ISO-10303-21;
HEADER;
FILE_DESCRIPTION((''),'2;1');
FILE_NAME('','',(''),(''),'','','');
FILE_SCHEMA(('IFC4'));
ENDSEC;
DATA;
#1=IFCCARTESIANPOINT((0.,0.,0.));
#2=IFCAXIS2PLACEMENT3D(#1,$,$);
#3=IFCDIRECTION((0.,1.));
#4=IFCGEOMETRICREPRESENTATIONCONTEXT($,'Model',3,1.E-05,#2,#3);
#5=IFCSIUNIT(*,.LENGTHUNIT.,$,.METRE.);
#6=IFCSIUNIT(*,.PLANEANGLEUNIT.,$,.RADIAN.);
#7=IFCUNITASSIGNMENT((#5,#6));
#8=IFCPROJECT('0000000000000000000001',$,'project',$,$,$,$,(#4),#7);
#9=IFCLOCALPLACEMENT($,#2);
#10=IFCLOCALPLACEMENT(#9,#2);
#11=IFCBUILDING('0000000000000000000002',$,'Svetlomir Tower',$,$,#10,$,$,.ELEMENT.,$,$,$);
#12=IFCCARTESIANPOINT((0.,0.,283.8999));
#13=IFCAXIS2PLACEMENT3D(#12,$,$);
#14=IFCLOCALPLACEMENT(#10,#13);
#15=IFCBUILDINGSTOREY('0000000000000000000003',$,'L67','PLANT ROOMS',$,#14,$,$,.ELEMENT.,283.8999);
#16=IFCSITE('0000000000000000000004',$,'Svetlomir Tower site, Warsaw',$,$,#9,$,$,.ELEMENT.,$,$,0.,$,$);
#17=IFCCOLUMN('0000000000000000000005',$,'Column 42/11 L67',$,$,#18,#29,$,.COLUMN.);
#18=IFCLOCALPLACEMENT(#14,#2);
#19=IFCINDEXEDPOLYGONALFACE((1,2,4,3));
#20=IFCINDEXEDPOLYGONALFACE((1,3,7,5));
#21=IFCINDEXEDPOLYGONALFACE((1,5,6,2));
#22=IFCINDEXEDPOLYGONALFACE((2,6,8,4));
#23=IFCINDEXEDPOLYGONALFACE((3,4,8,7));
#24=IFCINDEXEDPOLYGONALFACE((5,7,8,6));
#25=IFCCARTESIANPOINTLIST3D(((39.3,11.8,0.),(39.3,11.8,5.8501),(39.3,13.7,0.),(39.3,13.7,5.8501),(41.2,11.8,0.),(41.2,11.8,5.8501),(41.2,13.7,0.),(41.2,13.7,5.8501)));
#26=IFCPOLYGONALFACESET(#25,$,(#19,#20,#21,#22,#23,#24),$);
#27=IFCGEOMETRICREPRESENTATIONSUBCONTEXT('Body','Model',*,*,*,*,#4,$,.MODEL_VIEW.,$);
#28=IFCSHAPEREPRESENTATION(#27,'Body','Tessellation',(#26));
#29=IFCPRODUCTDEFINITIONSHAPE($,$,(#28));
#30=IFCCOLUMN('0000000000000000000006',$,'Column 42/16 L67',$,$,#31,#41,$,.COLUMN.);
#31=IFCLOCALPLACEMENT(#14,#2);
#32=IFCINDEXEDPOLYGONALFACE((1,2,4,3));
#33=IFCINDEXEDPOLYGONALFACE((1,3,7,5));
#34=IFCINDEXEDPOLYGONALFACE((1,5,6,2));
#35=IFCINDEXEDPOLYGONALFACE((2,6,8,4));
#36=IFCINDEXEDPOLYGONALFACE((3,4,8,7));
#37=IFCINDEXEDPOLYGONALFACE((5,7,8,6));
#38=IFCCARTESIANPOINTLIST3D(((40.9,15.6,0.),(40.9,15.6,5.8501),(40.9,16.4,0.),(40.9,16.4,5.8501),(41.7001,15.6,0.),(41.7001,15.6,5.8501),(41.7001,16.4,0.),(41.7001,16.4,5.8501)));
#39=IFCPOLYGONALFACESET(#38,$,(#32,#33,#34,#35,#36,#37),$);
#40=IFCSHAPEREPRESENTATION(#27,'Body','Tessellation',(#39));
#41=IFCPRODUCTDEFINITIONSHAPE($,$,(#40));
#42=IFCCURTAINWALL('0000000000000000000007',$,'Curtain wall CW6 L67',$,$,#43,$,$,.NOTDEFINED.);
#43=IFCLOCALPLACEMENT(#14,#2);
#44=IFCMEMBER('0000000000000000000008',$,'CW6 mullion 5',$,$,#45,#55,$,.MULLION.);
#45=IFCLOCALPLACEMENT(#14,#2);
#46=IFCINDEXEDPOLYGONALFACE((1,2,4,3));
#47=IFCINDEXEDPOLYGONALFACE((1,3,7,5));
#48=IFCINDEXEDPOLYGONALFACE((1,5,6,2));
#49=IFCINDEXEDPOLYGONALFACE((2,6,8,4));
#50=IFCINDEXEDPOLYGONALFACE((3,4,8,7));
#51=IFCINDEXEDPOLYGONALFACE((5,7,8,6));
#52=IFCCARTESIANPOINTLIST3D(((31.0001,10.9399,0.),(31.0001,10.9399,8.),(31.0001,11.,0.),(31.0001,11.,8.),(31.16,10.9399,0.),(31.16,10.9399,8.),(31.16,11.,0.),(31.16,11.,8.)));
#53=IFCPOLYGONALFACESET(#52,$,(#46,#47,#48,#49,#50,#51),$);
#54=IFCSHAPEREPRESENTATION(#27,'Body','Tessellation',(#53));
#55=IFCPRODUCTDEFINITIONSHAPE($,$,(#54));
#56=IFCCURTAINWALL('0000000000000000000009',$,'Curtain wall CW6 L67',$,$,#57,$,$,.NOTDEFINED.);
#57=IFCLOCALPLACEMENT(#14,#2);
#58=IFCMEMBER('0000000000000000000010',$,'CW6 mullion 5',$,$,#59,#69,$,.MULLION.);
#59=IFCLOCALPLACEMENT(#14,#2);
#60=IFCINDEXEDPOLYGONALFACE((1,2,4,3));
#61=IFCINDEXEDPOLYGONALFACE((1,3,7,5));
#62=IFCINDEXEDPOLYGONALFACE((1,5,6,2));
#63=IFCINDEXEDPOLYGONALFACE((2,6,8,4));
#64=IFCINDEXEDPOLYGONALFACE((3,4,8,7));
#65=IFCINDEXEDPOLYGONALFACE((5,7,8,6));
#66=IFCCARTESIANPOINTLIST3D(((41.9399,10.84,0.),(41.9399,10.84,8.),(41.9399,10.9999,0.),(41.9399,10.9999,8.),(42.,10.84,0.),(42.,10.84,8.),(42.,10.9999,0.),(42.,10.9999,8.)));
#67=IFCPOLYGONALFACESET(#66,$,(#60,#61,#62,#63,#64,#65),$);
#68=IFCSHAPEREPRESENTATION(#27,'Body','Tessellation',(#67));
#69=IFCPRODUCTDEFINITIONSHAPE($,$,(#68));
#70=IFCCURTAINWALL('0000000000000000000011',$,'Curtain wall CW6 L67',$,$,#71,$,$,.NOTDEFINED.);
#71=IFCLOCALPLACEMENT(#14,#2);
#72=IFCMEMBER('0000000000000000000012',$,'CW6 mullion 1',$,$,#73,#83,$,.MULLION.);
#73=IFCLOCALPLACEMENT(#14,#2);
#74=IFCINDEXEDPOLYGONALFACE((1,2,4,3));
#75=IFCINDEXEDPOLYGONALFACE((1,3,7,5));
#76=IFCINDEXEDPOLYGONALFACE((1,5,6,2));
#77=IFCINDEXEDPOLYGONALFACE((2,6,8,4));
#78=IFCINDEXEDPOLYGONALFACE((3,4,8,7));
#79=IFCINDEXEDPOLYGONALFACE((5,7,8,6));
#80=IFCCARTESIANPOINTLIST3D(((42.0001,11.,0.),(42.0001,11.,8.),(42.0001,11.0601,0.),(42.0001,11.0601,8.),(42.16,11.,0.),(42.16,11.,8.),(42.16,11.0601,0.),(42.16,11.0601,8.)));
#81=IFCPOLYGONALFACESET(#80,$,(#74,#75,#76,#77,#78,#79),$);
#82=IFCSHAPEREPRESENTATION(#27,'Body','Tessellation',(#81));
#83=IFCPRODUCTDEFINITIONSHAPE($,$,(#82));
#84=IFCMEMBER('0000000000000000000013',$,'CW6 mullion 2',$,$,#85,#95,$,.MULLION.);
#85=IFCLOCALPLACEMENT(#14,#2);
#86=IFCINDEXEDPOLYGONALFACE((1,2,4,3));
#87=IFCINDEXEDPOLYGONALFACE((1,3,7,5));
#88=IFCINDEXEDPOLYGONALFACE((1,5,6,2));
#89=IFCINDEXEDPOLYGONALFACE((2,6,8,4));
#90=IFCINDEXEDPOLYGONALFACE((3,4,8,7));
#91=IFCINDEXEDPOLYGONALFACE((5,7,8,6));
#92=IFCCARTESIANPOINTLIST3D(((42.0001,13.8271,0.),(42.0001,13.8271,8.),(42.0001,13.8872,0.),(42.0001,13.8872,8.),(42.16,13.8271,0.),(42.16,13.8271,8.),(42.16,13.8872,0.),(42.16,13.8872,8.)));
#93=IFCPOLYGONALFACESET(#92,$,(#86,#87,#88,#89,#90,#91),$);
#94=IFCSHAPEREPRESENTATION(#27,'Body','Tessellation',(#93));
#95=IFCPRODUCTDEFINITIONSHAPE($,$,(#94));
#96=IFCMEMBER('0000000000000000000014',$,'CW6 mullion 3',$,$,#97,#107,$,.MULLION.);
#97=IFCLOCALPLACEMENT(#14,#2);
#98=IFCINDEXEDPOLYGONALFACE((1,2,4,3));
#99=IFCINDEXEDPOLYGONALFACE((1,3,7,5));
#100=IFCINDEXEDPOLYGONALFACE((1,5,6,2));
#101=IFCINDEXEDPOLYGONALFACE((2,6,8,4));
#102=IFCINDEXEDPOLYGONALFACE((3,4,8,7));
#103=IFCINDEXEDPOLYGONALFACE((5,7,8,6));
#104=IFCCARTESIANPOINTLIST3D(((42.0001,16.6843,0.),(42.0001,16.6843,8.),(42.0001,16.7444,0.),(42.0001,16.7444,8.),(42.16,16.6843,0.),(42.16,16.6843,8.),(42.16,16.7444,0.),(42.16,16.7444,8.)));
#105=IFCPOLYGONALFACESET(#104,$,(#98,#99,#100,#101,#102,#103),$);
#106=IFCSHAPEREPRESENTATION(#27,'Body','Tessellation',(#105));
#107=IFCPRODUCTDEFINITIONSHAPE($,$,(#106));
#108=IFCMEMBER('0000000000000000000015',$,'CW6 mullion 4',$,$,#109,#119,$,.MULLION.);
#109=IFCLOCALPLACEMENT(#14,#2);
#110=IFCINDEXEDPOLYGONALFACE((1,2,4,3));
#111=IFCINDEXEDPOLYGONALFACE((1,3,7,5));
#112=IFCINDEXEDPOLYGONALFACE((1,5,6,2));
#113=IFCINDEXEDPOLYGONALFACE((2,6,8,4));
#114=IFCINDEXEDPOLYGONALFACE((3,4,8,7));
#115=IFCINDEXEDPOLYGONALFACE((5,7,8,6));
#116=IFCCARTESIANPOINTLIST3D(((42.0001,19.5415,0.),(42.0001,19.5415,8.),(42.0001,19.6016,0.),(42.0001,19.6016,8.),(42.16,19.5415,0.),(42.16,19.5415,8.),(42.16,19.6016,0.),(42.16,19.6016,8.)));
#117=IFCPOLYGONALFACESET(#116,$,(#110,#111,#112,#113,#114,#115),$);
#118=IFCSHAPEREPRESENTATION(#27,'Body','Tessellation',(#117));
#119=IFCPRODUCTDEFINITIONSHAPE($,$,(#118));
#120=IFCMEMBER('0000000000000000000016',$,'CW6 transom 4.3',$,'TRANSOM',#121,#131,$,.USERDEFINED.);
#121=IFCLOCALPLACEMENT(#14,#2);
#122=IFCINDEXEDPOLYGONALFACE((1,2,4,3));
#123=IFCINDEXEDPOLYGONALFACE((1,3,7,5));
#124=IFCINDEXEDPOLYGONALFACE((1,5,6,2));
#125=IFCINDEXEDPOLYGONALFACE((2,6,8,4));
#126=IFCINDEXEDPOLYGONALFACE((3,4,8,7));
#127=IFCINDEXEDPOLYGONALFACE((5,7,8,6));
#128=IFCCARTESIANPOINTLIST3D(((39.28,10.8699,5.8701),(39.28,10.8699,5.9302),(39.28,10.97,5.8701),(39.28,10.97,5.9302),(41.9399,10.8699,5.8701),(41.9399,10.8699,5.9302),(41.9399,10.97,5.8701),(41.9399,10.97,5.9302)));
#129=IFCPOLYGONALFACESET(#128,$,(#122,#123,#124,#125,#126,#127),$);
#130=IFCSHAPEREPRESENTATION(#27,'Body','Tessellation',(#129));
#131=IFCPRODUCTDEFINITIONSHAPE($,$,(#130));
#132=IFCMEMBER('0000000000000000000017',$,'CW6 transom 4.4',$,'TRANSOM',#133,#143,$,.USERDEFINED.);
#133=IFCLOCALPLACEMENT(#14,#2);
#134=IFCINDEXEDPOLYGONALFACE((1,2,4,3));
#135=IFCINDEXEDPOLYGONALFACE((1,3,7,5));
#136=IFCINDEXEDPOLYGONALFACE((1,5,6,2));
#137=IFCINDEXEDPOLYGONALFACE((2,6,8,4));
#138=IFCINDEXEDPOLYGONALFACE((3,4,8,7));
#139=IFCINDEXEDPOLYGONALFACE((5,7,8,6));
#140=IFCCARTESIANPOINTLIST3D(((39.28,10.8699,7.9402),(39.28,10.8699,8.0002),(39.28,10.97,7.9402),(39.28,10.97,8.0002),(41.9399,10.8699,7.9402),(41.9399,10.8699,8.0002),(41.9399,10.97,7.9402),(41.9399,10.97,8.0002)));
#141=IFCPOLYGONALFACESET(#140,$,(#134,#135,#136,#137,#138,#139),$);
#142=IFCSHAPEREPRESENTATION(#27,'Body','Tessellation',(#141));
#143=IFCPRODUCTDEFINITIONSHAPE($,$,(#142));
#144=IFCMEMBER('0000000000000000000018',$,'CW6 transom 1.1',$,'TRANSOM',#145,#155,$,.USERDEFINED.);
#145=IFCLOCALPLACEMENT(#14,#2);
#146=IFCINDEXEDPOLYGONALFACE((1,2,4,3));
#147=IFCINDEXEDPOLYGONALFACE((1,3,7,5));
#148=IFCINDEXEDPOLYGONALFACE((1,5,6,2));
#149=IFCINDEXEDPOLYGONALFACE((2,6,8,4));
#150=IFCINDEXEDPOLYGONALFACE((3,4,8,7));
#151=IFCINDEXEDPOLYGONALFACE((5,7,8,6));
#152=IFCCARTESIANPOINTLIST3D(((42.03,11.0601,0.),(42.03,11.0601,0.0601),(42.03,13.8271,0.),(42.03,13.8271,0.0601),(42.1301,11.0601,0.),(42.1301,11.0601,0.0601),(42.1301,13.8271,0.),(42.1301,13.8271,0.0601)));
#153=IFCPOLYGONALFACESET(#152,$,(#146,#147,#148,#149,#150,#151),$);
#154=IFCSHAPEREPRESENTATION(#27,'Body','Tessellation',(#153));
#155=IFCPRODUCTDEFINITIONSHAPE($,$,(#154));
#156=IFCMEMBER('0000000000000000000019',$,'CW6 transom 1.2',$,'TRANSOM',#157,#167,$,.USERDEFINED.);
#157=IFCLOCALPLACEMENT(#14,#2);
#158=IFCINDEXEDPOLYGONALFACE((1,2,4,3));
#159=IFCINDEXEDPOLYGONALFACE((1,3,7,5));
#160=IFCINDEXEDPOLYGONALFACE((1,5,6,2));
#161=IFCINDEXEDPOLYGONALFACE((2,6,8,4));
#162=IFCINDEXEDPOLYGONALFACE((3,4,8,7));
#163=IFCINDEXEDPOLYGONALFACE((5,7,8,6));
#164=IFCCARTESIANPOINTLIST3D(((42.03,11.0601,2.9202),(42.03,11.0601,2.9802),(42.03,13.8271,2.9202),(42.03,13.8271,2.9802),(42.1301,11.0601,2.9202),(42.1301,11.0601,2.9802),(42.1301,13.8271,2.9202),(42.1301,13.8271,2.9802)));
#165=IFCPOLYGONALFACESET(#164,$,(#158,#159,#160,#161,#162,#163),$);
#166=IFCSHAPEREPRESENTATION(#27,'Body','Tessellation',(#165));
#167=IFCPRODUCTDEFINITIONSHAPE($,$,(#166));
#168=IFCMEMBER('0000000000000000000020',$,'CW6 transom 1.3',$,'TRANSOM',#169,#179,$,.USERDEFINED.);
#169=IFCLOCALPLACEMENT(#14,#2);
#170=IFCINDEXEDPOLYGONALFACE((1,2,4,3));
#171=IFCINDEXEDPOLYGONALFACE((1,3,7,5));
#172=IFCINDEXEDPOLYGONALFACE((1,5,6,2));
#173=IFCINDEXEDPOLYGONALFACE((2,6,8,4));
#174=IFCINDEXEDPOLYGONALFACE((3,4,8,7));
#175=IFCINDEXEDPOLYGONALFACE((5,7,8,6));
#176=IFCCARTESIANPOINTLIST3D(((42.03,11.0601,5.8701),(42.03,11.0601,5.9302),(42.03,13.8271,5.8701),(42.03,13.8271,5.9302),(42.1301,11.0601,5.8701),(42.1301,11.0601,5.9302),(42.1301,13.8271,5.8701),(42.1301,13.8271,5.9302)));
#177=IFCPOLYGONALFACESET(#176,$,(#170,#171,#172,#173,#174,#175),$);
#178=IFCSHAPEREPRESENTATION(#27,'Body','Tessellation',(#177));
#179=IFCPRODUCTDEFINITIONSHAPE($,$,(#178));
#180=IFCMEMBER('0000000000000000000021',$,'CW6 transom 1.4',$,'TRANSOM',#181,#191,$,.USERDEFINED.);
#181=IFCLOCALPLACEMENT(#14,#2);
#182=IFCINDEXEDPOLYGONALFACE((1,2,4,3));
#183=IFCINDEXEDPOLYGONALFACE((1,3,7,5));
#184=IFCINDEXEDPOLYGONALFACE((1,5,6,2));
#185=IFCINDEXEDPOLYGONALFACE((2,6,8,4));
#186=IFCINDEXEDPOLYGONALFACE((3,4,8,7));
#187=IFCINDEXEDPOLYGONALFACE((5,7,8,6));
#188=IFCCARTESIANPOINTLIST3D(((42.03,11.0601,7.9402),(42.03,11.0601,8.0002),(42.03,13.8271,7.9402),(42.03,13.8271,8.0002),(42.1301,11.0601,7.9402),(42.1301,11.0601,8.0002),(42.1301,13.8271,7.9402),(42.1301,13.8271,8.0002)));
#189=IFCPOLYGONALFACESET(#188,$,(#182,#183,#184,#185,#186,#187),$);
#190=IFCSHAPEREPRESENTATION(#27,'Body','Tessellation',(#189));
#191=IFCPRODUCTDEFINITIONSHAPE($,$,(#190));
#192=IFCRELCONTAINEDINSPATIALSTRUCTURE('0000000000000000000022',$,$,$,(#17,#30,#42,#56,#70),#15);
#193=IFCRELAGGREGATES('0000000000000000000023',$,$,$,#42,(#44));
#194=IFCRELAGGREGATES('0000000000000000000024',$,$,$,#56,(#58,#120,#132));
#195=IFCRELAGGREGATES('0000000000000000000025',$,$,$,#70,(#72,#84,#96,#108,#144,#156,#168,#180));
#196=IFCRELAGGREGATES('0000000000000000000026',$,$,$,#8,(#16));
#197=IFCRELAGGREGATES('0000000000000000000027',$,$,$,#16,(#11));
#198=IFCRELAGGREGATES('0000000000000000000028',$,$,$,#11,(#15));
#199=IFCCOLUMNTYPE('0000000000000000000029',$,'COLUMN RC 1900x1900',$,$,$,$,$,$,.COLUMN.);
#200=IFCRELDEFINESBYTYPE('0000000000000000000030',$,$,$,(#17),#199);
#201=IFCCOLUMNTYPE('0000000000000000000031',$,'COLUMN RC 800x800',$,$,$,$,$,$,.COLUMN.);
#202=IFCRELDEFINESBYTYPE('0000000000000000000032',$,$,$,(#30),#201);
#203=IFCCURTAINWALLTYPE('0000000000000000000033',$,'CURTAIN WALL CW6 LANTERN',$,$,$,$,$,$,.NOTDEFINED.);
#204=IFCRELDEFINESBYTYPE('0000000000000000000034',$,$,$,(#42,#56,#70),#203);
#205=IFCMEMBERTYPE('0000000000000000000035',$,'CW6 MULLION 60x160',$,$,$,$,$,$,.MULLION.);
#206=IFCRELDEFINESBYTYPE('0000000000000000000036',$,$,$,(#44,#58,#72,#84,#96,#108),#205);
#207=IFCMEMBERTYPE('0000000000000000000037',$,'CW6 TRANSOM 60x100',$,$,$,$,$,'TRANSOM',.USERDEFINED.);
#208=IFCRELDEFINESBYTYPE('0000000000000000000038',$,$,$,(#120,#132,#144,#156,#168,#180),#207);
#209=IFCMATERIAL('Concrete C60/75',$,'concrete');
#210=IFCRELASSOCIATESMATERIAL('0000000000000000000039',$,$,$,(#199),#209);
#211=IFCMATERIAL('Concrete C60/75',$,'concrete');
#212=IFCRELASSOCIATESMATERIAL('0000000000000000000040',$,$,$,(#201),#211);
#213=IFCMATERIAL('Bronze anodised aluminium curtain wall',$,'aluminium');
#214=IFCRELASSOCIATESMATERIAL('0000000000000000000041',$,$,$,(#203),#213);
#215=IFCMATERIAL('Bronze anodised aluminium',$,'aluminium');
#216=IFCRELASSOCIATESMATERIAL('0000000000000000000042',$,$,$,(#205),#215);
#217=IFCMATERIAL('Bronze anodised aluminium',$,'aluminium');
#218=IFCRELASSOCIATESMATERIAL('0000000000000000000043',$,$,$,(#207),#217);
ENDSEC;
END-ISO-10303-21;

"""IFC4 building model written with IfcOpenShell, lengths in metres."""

from ifc_helpers import new_model, si_unit, direction, frame, origin, origin_2d, place, context, subcontext, project, spatial, rectangle, extrude, material, material_profile, profile_set, type_object, element, aggregate, save


model = new_model("IFC4")

# Units and contexts
model_context = context("Model", 3, precision=1e-05, world=origin(), true_north=direction((0.0, 1.0)))
body_context = subcontext(model_context, "Body", "Model", "MODEL_VIEW")
ifc_project = project(units=[si_unit("LENGTHUNIT", "METRE"), si_unit("PLANEANGLEUNIT", "RADIAN")], contexts=[model_context])

# Site, building, storey
site_placement = place(None, origin())
site = spatial("IfcSite", under=ifc_project, at=site_placement, Name="Svetlomir Tower site, Warsaw", CompositionType="ELEMENT", RefElevation=0.0)
building_placement = place(site_placement, origin())
building = spatial("IfcBuilding", under=site, at=building_placement, Name="Svetlomir Tower", CompositionType="ELEMENT")
storey_placement = place(building_placement, frame((0.0, 0.0, 283.8999)))
storey = spatial("IfcBuildingStorey", under=building, at=storey_placement, Name="L67", Description="PLANT ROOMS", CompositionType="ELEMENT", Elevation=283.8999)

# Columns
ifc_material_1 = material(Name="Concrete C60/75", Category="concrete")
ifc_material_profile_1 = material_profile(ifc_material_1, rectangle(XDim=1.8999, YDim=1.8999, at=origin_2d()), Name="RC 1900x1900")
ifc_profile_set_1 = profile_set([ifc_material_profile_1], Name="Concrete C60/75")
column_type_1 = type_object("IfcColumnType", Name="COLUMN RC 1900x1900", PredefinedType="COLUMN", material=ifc_profile_set_1)
column_1_placement = place(storey_placement, frame((40.25, 12.75, 0.0), z_axis=(0.0, 0.0, 1.0), x_axis=(1.0, 0.0, 0.0)))
element("IfcColumn", 1, at=column_1_placement, inside=storey, type_object=column_type_1, Name="Column 42/11 L67", PredefinedType="COLUMN", context=body_context, shape_type="SweptSolid", body=[
    extrude(rectangle(XDim=1.8999, YDim=1.8999, at=origin_2d()), origin(), (0.0, 0.0, 1.0), 5.8501),
])
ifc_material_2 = material(Name="Concrete C60/75", Category="concrete")
ifc_material_profile_2 = material_profile(ifc_material_2, rectangle(XDim=0.8, YDim=0.8, at=origin_2d()), Name="RC 800x800")
ifc_profile_set_2 = profile_set([ifc_material_profile_2], Name="Concrete C60/75")
column_type_2 = type_object("IfcColumnType", Name="COLUMN RC 800x800", PredefinedType="COLUMN", material=ifc_profile_set_2)
column_2_placement = place(storey_placement, frame((41.3, 16.0, 0.0), z_axis=(0.0, 0.0, 1.0), x_axis=(1.0, 0.0, 0.0)))
element("IfcColumn", 2, at=column_2_placement, inside=storey, type_object=column_type_2, Name="Column 42/16 L67", PredefinedType="COLUMN", context=body_context, shape_type="SweptSolid", body=[
    extrude(rectangle(XDim=0.8, YDim=0.8, at=origin_2d()), origin(), (0.0, 0.0, 1.0), 5.8501),
])

# Curtain walls, members
ifc_material_3 = material(Name="Bronze anodised aluminium curtain wall", Category="aluminium")
curtain_wall_type = type_object("IfcCurtainWallType", Name="CURTAIN WALL CW6 LANTERN", PredefinedType="NOTDEFINED", material=ifc_material_3)
curtain_wall_1_placement = place(storey_placement, origin())
curtain_wall_1 = element("IfcCurtainWall", 3, at=curtain_wall_1_placement, inside=storey, type_object=curtain_wall_type, Name="Curtain wall CW6 L67", PredefinedType="NOTDEFINED")
ifc_material_4 = material(Name="Bronze anodised aluminium", Category="aluminium")
ifc_material_profile_3 = material_profile(ifc_material_4, rectangle(XDim=0.0601, YDim=0.1599, at=origin_2d()), Name="AL 60x160")
ifc_profile_set_3 = profile_set([ifc_material_profile_3], Name="Bronze anodised aluminium 6063-T6")
member_type_1 = type_object("IfcMemberType", Name="CW6 MULLION 60x160", PredefinedType="MULLION", material=ifc_profile_set_3)
member_1_placement = place(storey_placement, frame((31.0801, 10.97, 0.0), z_axis=(0.0, 0.0, 1.0), x_axis=(0.0, 1.0, 0.0)))
member_1 = element("IfcMember", 4, at=member_1_placement, type_object=member_type_1, Name="CW6 mullion 5", PredefinedType="MULLION", context=body_context, shape_type="SweptSolid", body=[
    extrude(rectangle(XDim=0.0601, YDim=0.1599, at=origin_2d()), origin(), (0.0, 0.0, 1.0), 8.0),
])
aggregate(curtain_wall_1, [member_1])
curtain_wall_2_placement = place(storey_placement, origin())
curtain_wall_2 = element("IfcCurtainWall", 5, at=curtain_wall_2_placement, inside=storey, type_object=curtain_wall_type, Name="Curtain wall CW6 L67", PredefinedType="NOTDEFINED")
member_2_placement = place(storey_placement, frame((41.97, 10.9199, 0.0), z_axis=(0.0, 0.0, 1.0), x_axis=(1.0, 0.0, 0.0)))
member_2 = element("IfcMember", 6, at=member_2_placement, type_object=member_type_1, Name="CW6 mullion 5", PredefinedType="MULLION", context=body_context, shape_type="SweptSolid", body=[
    extrude(rectangle(XDim=0.0601, YDim=0.1599, at=origin_2d()), origin(), (0.0, 0.0, 1.0), 8.0),
])

# Curtain wall, members
curtain_wall_3_placement = place(storey_placement, origin())
curtain_wall_3 = element("IfcCurtainWall", 7, at=curtain_wall_3_placement, inside=storey, type_object=curtain_wall_type, Name="Curtain wall CW6 L67", PredefinedType="NOTDEFINED")
member_3_placement = place(storey_placement, frame((42.0801, 11.03, 0.0), z_axis=(0.0, 0.0, 1.0), x_axis=(0.0, 1.0, 0.0)))
member_3 = element("IfcMember", 8, at=member_3_placement, type_object=member_type_1, Name="CW6 mullion 1", PredefinedType="MULLION", context=body_context, shape_type="SweptSolid", body=[
    extrude(rectangle(XDim=0.0601, YDim=0.1599, at=origin_2d()), origin(), (0.0, 0.0, 1.0), 8.0),
])
member_4_placement = place(storey_placement, frame((42.0801, 13.8572, 0.0), z_axis=(0.0, 0.0, 1.0), x_axis=(0.0, 1.0, 0.0)))
member_4 = element("IfcMember", 9, at=member_4_placement, type_object=member_type_1, Name="CW6 mullion 2", PredefinedType="MULLION", context=body_context, shape_type="SweptSolid", body=[
    extrude(rectangle(XDim=0.0601, YDim=0.1599, at=origin_2d()), origin(), (0.0, 0.0, 1.0), 8.0),
])
member_5_placement = place(storey_placement, frame((42.0801, 16.7144, 0.0), z_axis=(0.0, 0.0, 1.0), x_axis=(0.0, 1.0, 0.0)))
member_5 = element("IfcMember", 10, at=member_5_placement, type_object=member_type_1, Name="CW6 mullion 3", PredefinedType="MULLION", context=body_context, shape_type="SweptSolid", body=[
    extrude(rectangle(XDim=0.0601, YDim=0.1599, at=origin_2d()), origin(), (0.0, 0.0, 1.0), 8.0),
])
member_6_placement = place(storey_placement, frame((42.0801, 19.5715, 0.0), z_axis=(0.0, 0.0, 1.0), x_axis=(0.0, 1.0, 0.0)))
member_6 = element("IfcMember", 11, at=member_6_placement, type_object=member_type_1, Name="CW6 mullion 4", PredefinedType="MULLION", context=body_context, shape_type="SweptSolid", body=[
    extrude(rectangle(XDim=0.0601, YDim=0.1599, at=origin_2d()), origin(), (0.0, 0.0, 1.0), 8.0),
])

# Members
ifc_material_5 = material(Name="Bronze anodised aluminium", Category="aluminium")
ifc_material_profile_4 = material_profile(ifc_material_5, rectangle(XDim=0.1001, YDim=0.0601, at=origin_2d()), Name="AL 100x60")
ifc_profile_set_4 = profile_set([ifc_material_profile_4], Name="Bronze anodised aluminium 6063-T6")
member_type_2 = type_object("IfcMemberType", Name="CW6 TRANSOM 60x100", ElementType="TRANSOM", PredefinedType="USERDEFINED", material=ifc_profile_set_4)
member_7_placement = place(storey_placement, frame((39.28, 10.9199, 5.9001), z_axis=(1.0, 0.0, 0.0), x_axis=(0.0, 1.0, 0.0)))
member_7 = element("IfcMember", 12, at=member_7_placement, type_object=member_type_2, Name="CW6 transom 4.3", ObjectType="TRANSOM", PredefinedType="USERDEFINED", context=body_context, shape_type="SweptSolid", body=[
    extrude(rectangle(XDim=0.1001, YDim=0.0601, at=origin_2d()), origin(), (0.0, 0.0, 1.0), 2.6599),
])
member_8_placement = place(storey_placement, frame((39.28, 10.9199, 7.9702), z_axis=(1.0, 0.0, 0.0), x_axis=(0.0, 1.0, 0.0)))
member_8 = element("IfcMember", 13, at=member_8_placement, type_object=member_type_2, Name="CW6 transom 4.4", ObjectType="TRANSOM", PredefinedType="USERDEFINED", context=body_context, shape_type="SweptSolid", body=[
    extrude(rectangle(XDim=0.1001, YDim=0.0601, at=origin_2d()), origin(), (0.0, 0.0, 1.0), 2.6599),
])
member_9_placement = place(storey_placement, frame((42.0801, 11.0601, 0.03), z_axis=(0.0, 1.0, 0.0), x_axis=(-1.0, 0.0, 0.0)))
member_9 = element("IfcMember", 14, at=member_9_placement, type_object=member_type_2, Name="CW6 transom 1.1", ObjectType="TRANSOM", PredefinedType="USERDEFINED", context=body_context, shape_type="SweptSolid", body=[
    extrude(rectangle(XDim=0.1001, YDim=0.0601, at=origin_2d()), origin(), (0.0, 0.0, 1.0), 2.7671),
])
member_10_placement = place(storey_placement, frame((42.0801, 11.0601, 2.9502), z_axis=(0.0, 1.0, 0.0), x_axis=(-1.0, 0.0, 0.0)))
member_10 = element("IfcMember", 15, at=member_10_placement, type_object=member_type_2, Name="CW6 transom 1.2", ObjectType="TRANSOM", PredefinedType="USERDEFINED", context=body_context, shape_type="SweptSolid", body=[
    extrude(rectangle(XDim=0.1001, YDim=0.0601, at=origin_2d()), origin(), (0.0, 0.0, 1.0), 2.7671),
])
member_11_placement = place(storey_placement, frame((42.0801, 11.0601, 5.9001), z_axis=(0.0, 1.0, 0.0), x_axis=(-1.0, 0.0, 0.0)))
member_11 = element("IfcMember", 16, at=member_11_placement, type_object=member_type_2, Name="CW6 transom 1.3", ObjectType="TRANSOM", PredefinedType="USERDEFINED", context=body_context, shape_type="SweptSolid", body=[
    extrude(rectangle(XDim=0.1001, YDim=0.0601, at=origin_2d()), origin(), (0.0, 0.0, 1.0), 2.7671),
])
member_12_placement = place(storey_placement, frame((42.0801, 11.0601, 7.9702), z_axis=(0.0, 1.0, 0.0), x_axis=(-1.0, 0.0, 0.0)))
member_12 = element("IfcMember", 17, at=member_12_placement, type_object=member_type_2, Name="CW6 transom 1.4", ObjectType="TRANSOM", PredefinedType="USERDEFINED", context=body_context, shape_type="SweptSolid", body=[
    extrude(rectangle(XDim=0.1001, YDim=0.0601, at=origin_2d()), origin(), (0.0, 0.0, 1.0), 2.7671),
])

aggregate(curtain_wall_2, [member_2, member_7, member_8])
aggregate(curtain_wall_3, [member_3, member_4, member_5, member_6, member_9, member_10, member_11, member_12])

save(model, "model.ifc")
